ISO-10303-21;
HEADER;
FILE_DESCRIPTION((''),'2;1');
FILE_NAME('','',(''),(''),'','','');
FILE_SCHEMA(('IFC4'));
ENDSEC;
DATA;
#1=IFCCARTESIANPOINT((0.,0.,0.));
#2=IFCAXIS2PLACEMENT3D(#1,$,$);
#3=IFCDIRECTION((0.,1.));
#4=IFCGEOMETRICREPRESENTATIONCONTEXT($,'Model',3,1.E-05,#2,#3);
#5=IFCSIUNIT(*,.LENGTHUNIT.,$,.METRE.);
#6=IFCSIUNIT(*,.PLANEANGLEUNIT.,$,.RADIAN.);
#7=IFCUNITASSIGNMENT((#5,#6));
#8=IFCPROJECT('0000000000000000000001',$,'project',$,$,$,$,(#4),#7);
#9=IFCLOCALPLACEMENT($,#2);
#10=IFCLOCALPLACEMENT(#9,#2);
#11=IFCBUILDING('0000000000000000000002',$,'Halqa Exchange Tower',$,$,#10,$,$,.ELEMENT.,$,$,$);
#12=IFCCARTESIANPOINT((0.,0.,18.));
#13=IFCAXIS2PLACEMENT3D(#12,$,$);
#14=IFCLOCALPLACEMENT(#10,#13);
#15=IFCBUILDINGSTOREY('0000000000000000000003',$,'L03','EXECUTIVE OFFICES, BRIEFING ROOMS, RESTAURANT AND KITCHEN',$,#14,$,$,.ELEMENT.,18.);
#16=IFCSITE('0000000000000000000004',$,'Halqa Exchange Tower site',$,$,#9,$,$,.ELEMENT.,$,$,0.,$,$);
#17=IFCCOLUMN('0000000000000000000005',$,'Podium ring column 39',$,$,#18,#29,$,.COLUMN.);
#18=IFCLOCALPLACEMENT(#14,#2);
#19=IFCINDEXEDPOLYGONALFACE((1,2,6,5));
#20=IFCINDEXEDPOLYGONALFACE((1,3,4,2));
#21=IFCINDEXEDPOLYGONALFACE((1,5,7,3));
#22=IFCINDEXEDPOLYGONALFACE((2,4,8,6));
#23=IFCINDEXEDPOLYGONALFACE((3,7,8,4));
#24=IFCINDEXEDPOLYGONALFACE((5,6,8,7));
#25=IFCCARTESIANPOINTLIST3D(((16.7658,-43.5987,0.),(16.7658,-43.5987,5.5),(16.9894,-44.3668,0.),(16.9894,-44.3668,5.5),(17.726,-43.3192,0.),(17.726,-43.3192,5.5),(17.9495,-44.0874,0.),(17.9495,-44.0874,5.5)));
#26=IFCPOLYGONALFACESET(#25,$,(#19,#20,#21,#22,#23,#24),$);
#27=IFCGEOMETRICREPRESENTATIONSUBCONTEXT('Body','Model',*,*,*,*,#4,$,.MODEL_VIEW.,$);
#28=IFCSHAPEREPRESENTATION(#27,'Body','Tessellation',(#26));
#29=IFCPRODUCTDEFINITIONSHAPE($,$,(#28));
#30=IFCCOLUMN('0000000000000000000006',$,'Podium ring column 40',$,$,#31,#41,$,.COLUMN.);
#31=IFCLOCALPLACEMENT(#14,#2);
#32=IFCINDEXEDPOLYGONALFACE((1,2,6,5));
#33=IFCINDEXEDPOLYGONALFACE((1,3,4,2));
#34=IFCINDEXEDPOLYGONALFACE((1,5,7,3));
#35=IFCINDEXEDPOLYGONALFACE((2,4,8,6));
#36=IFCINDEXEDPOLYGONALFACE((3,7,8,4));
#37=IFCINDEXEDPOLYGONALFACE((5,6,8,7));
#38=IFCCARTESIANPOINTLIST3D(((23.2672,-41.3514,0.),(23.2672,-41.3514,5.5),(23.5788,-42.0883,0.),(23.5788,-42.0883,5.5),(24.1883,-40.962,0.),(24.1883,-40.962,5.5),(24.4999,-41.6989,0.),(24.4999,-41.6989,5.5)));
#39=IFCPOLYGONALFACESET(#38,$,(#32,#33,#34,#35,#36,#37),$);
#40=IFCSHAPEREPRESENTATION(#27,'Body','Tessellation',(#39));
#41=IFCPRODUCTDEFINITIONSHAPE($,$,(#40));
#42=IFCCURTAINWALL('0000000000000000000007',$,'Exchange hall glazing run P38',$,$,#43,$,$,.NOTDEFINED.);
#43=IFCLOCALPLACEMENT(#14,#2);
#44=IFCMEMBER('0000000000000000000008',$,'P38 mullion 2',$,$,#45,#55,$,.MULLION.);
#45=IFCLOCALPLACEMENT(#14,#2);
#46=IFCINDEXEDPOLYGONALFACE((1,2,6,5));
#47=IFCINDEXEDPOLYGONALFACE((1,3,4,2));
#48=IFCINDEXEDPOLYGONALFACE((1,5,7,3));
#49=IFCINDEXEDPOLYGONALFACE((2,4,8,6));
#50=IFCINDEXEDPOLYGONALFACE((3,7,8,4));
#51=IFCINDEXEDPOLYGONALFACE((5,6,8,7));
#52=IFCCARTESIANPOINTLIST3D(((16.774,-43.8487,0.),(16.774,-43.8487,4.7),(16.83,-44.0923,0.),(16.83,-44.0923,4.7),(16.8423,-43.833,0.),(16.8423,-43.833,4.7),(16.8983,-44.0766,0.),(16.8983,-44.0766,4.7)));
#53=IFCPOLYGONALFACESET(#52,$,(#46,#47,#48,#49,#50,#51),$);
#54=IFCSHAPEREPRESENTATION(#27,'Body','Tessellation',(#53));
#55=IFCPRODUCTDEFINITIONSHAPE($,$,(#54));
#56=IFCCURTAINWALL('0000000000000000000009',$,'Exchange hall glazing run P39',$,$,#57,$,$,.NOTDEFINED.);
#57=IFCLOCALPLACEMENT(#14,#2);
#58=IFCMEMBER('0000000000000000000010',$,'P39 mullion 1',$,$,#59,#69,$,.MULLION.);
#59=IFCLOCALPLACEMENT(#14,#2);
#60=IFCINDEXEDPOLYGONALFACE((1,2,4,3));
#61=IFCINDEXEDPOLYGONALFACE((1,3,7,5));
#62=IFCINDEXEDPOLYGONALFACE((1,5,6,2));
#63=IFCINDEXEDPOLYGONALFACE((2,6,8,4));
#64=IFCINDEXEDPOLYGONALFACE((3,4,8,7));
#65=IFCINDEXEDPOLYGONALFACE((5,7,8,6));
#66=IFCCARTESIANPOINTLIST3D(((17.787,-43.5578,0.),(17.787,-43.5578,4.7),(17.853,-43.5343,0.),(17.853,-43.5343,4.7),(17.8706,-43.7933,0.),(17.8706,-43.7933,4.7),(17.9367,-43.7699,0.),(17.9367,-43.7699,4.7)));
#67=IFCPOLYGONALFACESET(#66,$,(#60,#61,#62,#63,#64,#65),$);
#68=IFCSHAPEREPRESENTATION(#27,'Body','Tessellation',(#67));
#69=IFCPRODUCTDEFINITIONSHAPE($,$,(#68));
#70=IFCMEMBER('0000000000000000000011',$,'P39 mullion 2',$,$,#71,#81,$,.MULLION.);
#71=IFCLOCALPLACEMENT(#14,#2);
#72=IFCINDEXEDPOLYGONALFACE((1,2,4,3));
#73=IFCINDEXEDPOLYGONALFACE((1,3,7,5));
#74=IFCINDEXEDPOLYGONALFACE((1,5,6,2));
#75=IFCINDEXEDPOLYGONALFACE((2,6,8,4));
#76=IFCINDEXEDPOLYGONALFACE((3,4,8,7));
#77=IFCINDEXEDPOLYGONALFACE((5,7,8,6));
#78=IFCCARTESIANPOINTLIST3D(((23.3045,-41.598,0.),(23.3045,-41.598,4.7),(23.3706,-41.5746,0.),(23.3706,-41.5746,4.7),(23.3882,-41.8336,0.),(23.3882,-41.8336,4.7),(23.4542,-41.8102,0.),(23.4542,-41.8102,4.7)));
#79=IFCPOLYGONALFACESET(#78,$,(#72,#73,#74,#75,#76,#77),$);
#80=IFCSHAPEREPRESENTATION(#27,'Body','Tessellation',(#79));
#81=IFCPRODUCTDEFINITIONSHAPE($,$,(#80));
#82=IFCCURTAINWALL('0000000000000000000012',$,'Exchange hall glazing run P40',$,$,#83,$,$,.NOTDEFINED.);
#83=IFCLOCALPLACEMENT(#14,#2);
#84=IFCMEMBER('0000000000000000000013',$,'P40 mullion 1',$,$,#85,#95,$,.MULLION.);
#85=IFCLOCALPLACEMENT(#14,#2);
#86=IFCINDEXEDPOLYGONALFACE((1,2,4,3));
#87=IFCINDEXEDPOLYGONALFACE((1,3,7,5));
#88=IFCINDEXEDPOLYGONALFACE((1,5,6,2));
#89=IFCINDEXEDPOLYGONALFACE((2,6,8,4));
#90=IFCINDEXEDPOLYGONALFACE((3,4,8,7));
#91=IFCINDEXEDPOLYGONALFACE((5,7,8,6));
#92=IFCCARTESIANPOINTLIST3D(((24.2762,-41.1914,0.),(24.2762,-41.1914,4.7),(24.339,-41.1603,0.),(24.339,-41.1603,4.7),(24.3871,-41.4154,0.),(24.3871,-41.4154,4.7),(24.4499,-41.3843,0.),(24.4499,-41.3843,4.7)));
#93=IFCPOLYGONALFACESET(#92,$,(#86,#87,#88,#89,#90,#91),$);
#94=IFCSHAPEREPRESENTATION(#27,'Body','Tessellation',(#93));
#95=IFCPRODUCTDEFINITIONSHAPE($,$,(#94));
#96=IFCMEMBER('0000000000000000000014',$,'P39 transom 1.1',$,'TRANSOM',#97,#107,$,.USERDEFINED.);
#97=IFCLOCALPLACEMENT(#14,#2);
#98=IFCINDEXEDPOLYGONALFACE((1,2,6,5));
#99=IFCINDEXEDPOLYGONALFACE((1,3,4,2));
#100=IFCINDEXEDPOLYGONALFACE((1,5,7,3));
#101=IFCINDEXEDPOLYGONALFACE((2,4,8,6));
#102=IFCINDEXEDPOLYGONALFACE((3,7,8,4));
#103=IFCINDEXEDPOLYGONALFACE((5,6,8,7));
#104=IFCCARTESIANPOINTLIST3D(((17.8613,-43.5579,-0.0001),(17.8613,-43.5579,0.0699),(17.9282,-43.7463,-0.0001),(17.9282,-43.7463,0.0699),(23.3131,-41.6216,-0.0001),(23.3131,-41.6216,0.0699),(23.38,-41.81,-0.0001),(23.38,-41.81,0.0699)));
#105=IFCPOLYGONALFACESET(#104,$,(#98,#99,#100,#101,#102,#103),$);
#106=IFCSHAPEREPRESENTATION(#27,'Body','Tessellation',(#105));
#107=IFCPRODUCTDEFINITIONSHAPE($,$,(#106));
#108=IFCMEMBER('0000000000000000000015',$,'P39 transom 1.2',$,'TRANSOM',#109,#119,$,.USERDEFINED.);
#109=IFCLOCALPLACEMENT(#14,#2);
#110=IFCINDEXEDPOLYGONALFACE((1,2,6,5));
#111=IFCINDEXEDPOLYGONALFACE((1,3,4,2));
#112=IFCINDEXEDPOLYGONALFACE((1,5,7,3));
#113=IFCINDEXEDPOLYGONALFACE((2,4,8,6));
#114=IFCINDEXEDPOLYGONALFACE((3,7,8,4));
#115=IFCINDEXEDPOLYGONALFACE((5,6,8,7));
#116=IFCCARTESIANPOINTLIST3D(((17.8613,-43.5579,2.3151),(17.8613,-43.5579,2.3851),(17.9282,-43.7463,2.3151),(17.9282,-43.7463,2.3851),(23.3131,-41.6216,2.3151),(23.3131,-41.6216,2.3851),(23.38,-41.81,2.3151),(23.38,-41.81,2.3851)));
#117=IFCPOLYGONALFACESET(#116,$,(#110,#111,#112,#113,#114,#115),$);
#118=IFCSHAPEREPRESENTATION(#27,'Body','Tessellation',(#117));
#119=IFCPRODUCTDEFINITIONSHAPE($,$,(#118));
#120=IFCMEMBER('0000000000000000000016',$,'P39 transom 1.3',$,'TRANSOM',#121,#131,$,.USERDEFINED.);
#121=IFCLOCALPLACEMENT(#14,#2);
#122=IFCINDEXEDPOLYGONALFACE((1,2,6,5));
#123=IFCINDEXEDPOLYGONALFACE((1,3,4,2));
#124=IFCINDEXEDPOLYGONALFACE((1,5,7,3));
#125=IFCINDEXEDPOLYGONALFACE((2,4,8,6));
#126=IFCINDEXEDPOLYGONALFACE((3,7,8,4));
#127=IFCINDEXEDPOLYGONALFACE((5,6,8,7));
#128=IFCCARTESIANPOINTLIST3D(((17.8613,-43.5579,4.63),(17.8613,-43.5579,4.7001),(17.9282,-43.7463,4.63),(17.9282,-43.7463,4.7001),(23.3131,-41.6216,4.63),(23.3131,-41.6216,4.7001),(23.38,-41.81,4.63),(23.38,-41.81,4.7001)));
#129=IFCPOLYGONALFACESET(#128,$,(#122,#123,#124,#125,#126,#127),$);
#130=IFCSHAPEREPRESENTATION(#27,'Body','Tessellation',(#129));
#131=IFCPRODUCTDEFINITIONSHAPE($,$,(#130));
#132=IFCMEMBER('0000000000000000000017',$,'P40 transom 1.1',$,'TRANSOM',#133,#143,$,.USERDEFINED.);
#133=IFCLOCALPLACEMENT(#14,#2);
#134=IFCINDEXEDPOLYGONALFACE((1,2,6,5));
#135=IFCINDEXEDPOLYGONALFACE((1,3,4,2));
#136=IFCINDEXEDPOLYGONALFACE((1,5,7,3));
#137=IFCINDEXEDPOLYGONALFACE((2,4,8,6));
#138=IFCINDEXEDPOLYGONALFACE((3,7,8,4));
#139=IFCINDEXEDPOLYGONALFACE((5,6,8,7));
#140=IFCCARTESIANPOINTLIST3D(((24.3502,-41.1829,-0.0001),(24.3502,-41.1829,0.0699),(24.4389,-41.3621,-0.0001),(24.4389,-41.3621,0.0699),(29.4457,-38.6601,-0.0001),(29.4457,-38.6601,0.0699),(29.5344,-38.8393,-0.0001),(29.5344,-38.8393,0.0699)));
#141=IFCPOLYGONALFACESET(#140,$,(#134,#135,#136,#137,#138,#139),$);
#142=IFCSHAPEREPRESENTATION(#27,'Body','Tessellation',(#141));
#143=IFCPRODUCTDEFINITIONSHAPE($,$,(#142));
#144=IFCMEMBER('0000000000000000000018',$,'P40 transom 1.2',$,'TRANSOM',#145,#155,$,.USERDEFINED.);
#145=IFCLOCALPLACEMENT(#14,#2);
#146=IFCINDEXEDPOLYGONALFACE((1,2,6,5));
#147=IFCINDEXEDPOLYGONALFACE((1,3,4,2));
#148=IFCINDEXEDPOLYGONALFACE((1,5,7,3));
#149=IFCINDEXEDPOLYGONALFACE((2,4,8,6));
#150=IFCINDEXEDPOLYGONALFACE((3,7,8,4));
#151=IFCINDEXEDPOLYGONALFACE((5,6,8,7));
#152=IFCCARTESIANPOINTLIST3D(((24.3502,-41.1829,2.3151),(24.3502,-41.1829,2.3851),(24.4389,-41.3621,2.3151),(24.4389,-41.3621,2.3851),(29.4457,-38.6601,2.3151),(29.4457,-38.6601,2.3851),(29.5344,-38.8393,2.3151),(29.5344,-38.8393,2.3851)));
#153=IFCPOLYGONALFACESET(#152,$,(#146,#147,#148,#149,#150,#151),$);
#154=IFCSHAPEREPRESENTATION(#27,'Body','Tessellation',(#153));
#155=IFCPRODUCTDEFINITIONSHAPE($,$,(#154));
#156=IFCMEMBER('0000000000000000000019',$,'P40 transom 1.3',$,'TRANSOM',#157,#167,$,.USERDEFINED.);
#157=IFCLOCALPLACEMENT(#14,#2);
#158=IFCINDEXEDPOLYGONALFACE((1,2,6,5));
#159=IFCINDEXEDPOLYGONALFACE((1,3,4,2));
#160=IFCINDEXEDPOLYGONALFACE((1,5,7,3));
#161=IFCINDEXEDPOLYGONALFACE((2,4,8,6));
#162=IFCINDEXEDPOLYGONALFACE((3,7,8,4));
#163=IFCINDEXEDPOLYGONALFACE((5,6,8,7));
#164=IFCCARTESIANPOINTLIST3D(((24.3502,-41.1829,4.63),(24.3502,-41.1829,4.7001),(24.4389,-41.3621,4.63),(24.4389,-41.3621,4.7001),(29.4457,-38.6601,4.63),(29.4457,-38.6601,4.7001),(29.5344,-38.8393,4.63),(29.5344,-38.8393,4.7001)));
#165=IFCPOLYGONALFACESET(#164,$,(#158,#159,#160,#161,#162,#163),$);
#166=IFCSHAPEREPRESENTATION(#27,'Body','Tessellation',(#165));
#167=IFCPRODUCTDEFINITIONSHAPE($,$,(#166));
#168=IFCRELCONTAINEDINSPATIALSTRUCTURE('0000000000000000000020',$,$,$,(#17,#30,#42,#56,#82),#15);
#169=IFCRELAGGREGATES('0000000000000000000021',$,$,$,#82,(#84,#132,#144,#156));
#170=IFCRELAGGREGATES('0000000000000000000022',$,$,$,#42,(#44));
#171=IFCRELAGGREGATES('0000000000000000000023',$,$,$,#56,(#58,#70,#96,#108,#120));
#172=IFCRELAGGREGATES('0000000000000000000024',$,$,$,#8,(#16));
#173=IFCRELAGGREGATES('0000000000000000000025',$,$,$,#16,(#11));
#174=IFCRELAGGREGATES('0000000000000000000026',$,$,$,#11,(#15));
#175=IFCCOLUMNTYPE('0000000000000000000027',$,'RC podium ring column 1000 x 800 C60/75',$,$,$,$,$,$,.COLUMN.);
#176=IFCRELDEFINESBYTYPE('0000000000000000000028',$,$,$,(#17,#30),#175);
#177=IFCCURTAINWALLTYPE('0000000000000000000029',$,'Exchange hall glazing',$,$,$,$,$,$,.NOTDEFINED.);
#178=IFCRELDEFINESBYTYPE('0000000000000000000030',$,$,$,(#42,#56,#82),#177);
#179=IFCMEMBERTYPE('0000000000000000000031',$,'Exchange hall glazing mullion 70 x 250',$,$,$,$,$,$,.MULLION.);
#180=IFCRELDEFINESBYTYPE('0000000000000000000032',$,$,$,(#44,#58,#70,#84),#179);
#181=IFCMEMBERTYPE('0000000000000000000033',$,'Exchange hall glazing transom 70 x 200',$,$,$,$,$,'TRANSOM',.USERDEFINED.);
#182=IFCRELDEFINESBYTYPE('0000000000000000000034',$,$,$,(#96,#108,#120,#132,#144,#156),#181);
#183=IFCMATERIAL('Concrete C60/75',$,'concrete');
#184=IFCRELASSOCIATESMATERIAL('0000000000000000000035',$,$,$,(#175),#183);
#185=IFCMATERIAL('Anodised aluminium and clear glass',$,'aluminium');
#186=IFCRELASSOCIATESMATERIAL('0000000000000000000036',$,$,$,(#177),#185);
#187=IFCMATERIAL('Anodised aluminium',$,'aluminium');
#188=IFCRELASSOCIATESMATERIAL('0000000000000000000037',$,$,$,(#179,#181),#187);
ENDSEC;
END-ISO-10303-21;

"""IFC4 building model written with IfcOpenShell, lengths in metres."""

from ifc_helpers import new_model, si_unit, direction, frame, origin, origin_2d, place, context, subcontext, project, spatial, rectangle, extrude, material, material_profile, profile_set, type_object, element, aggregate, save


model = new_model("IFC4")

# Units and contexts
model_context = context("Model", 3, precision=1e-05, world=origin(), true_north=direction((0.0, 1.0)))
body_context = subcontext(model_context, "Body", "Model", "MODEL_VIEW")
ifc_project = project(units=[si_unit("LENGTHUNIT", "METRE"), si_unit("PLANEANGLEUNIT", "RADIAN")], contexts=[model_context])

# Site, building, storey
site_placement = place(None, origin())
site = spatial("IfcSite", under=ifc_project, at=site_placement, Name="Halqa Exchange Tower site", CompositionType="ELEMENT", RefElevation=0.0)
building_placement = place(site_placement, origin())
building = spatial("IfcBuilding", under=site, at=building_placement, Name="Halqa Exchange Tower", CompositionType="ELEMENT")
storey_placement = place(building_placement, frame((0.0, 0.0, 18.0)))
storey = spatial("IfcBuildingStorey", under=building, at=storey_placement, Name="L03", Description="EXECUTIVE OFFICES, BRIEFING ROOMS, RESTAURANT AND KITCHEN", CompositionType="ELEMENT", Elevation=18.0)

# Columns
ifc_material_1 = material(Name="Concrete C60/75", Category="concrete")
ifc_material_profile_1 = material_profile(ifc_material_1, rectangle(XDim=1.0, YDim=0.8, at=origin_2d()), Name="1000 x 800")
ifc_profile_set_1 = profile_set([ifc_material_profile_1], Name="Concrete C60/75")
column_type = type_object("IfcColumnType", Name="RC podium ring column 1000 x 800 C60/75", PredefinedType="COLUMN", material=ifc_profile_set_1)
for number, where, z_axis, x_axis, name in (
    (1, (17.3577, -43.843, 0.0), (0.0, 0.0, 1.0), (0.960158, 0.279459, 0.0), "Podium ring column 39"),
    (2, (23.8835, -41.5251, 0.0), (0.0, 0.0, 1.0), (0.921048, 0.389449, 0.0), "Podium ring column 40"),
):
    element("IfcColumn", number, at=place(storey_placement, frame(where, z_axis=z_axis, x_axis=x_axis)), inside=storey, type_object=column_type, Name=name, PredefinedType="COLUMN", context=body_context, shape_type="SweptSolid", body=[
        extrude(rectangle(XDim=1.0, YDim=0.8, at=origin_2d()), origin(), (0.0, 0.0, 1.0), 5.5),
    ])

# Curtain wall, member
ifc_material_2 = material(Name="Anodised aluminium and clear glass", Category="aluminium")
curtain_wall_type = type_object("IfcCurtainWallType", Name="Exchange hall glazing", PredefinedType="NOTDEFINED", material=ifc_material_2)
curtain_wall_1_placement = place(storey_placement, origin())
curtain_wall_1 = element("IfcCurtainWall", 3, at=curtain_wall_1_placement, inside=storey, type_object=curtain_wall_type, Name="Exchange hall glazing run P38", PredefinedType="NOTDEFINED")
ifc_material_3 = material(Name="Anodised aluminium", Category="aluminium")
ifc_material_profile_2 = material_profile(ifc_material_3, rectangle(XDim=0.25, YDim=0.0701, at=origin_2d()), Name="AL 70x250")
ifc_profile_set_2 = profile_set([ifc_material_profile_2], Name="Anodised aluminium")
member_type_1 = type_object("IfcMemberType", Name="Exchange hall glazing mullion 70 x 250", PredefinedType="MULLION", material=ifc_profile_set_2)
member_1_placement = place(storey_placement, frame((16.8362, -43.9626, 0.0), z_axis=(0.0, 0.0, 1.0), x_axis=(-0.223897, 0.974613, 0.0)))
member_1 = element("IfcMember", 4, at=member_1_placement, type_object=member_type_1, Name="P38 mullion 2", PredefinedType="MULLION", context=body_context, shape_type="SweptSolid", body=[
    extrude(rectangle(XDim=0.25, YDim=0.0701, at=origin_2d()), origin(), (0.0, 0.0, 1.0), 4.7),
])

# Curtain wall, members
curtain_wall_2_placement = place(storey_placement, origin())
curtain_wall_2 = element("IfcCurtainWall", 5, at=curtain_wall_2_placement, inside=storey, type_object=curtain_wall_type, Name="Exchange hall glazing run P39", PredefinedType="NOTDEFINED")
member_2_placement = place(storey_placement, frame((17.8618, -43.6638, 0.0), z_axis=(0.0, 0.0, 1.0), x_axis=(-0.334688, 0.942329, 0.0)))
member_2 = element("IfcMember", 6, at=member_2_placement, type_object=member_type_1, Name="P39 mullion 1", PredefinedType="MULLION", context=body_context, shape_type="SweptSolid", body=[
    extrude(rectangle(XDim=0.25, YDim=0.0701, at=origin_2d()), origin(), (0.0, 0.0, 1.0), 4.7),
])
member_3_placement = place(storey_placement, frame((23.3794, -41.7041, 0.0), z_axis=(0.0, 0.0, 1.0), x_axis=(-0.334688, 0.942329, 0.0)))
member_3 = element("IfcMember", 7, at=member_3_placement, type_object=member_type_1, Name="P39 mullion 2", PredefinedType="MULLION", context=body_context, shape_type="SweptSolid", body=[
    extrude(rectangle(XDim=0.25, YDim=0.0701, at=origin_2d()), origin(), (0.0, 0.0, 1.0), 4.7),
])

# Curtain wall, member
curtain_wall_3_placement = place(storey_placement, origin())
curtain_wall_3 = element("IfcCurtainWall", 8, at=curtain_wall_3_placement, inside=storey, type_object=curtain_wall_type, Name="Exchange hall glazing run P40", PredefinedType="NOTDEFINED")
member_4_placement = place(storey_placement, frame((24.363, -41.2878, 0.0), z_axis=(0.0, 0.0, 1.0), x_axis=(-0.443653, 0.896198, 0.0)))
member_4 = element("IfcMember", 9, at=member_4_placement, type_object=member_type_1, Name="P40 mullion 1", PredefinedType="MULLION", context=body_context, shape_type="SweptSolid", body=[
    extrude(rectangle(XDim=0.25, YDim=0.0701, at=origin_2d()), origin(), (0.0, 0.0, 1.0), 4.7),
])

# Members
ifc_material_profile_3 = material_profile(ifc_material_3, rectangle(XDim=0.2, YDim=0.0701, at=origin_2d()), Name="AL 70x200")
ifc_profile_set_3 = profile_set([ifc_material_profile_3], Name="Anodised aluminium")
member_type_2 = type_object("IfcMemberType", Name="Exchange hall glazing transom 70 x 200", ElementType="TRANSOM", PredefinedType="USERDEFINED", material=ifc_profile_set_3)
member_5_placement = place(storey_placement, frame((17.8948, -43.6521, 0.0349), z_axis=(0.942329, 0.334689, 0.0), x_axis=(-0.334689, 0.942329, 0.0)))
member_5 = element("IfcMember", 10, at=member_5_placement, type_object=member_type_2, Name="P39 transom 1.1", ObjectType="TRANSOM", PredefinedType="USERDEFINED", context=body_context, shape_type="SweptSolid", body=[
    extrude(rectangle(XDim=0.2, YDim=0.0701, at=origin_2d()), origin(), (0.0, 0.0, 1.0), 5.7854),
])
member_6_placement = place(storey_placement, frame((17.8948, -43.6521, 2.3501), z_axis=(0.942329, 0.334689, 0.0), x_axis=(-0.334689, 0.942329, 0.0)))
member_6 = element("IfcMember", 11, at=member_6_placement, type_object=member_type_2, Name="P39 transom 1.2", ObjectType="TRANSOM", PredefinedType="USERDEFINED", context=body_context, shape_type="SweptSolid", body=[
    extrude(rectangle(XDim=0.2, YDim=0.0701, at=origin_2d()), origin(), (0.0, 0.0, 1.0), 5.7854),
])
member_7_placement = place(storey_placement, frame((17.8948, -43.6521, 4.665), z_axis=(0.942329, 0.334689, 0.0), x_axis=(-0.334689, 0.942329, 0.0)))
member_7 = element("IfcMember", 12, at=member_7_placement, type_object=member_type_2, Name="P39 transom 1.3", ObjectType="TRANSOM", PredefinedType="USERDEFINED", context=body_context, shape_type="SweptSolid", body=[
    extrude(rectangle(XDim=0.2, YDim=0.0701, at=origin_2d()), origin(), (0.0, 0.0, 1.0), 5.7854),
])
member_8_placement = place(storey_placement, frame((24.3945, -41.2725, 0.0349), z_axis=(0.896181, 0.443689, 0.0), x_axis=(-0.443689, 0.896181, 0.0)))
member_8 = element("IfcMember", 13, at=member_8_placement, type_object=member_type_2, Name="P40 transom 1.1", ObjectType="TRANSOM", PredefinedType="USERDEFINED", context=body_context, shape_type="SweptSolid", body=[
    extrude(rectangle(XDim=0.2, YDim=0.0701, at=origin_2d()), origin(), (0.0, 0.0, 1.0), 5.6858),
])
member_9_placement = place(storey_placement, frame((24.3945, -41.2725, 2.3501), z_axis=(0.896181, 0.443689, 0.0), x_axis=(-0.443689, 0.896181, 0.0)))
member_9 = element("IfcMember", 14, at=member_9_placement, type_object=member_type_2, Name="P40 transom 1.2", ObjectType="TRANSOM", PredefinedType="USERDEFINED", context=body_context, shape_type="SweptSolid", body=[
    extrude(rectangle(XDim=0.2, YDim=0.0701, at=origin_2d()), origin(), (0.0, 0.0, 1.0), 5.6858),
])
member_10_placement = place(storey_placement, frame((24.3945, -41.2725, 4.665), z_axis=(0.896181, 0.443689, 0.0), x_axis=(-0.443689, 0.896181, 0.0)))
member_10 = element("IfcMember", 15, at=member_10_placement, type_object=member_type_2, Name="P40 transom 1.3", ObjectType="TRANSOM", PredefinedType="USERDEFINED", context=body_context, shape_type="SweptSolid", body=[
    extrude(rectangle(XDim=0.2, YDim=0.0701, at=origin_2d()), origin(), (0.0, 0.0, 1.0), 5.6858),
])
aggregate(curtain_wall_3, [member_4, member_8, member_9, member_10])

aggregate(curtain_wall_1, [member_1])
aggregate(curtain_wall_2, [member_2, member_3, member_5, member_6, member_7])

save(model, "model.ifc")
